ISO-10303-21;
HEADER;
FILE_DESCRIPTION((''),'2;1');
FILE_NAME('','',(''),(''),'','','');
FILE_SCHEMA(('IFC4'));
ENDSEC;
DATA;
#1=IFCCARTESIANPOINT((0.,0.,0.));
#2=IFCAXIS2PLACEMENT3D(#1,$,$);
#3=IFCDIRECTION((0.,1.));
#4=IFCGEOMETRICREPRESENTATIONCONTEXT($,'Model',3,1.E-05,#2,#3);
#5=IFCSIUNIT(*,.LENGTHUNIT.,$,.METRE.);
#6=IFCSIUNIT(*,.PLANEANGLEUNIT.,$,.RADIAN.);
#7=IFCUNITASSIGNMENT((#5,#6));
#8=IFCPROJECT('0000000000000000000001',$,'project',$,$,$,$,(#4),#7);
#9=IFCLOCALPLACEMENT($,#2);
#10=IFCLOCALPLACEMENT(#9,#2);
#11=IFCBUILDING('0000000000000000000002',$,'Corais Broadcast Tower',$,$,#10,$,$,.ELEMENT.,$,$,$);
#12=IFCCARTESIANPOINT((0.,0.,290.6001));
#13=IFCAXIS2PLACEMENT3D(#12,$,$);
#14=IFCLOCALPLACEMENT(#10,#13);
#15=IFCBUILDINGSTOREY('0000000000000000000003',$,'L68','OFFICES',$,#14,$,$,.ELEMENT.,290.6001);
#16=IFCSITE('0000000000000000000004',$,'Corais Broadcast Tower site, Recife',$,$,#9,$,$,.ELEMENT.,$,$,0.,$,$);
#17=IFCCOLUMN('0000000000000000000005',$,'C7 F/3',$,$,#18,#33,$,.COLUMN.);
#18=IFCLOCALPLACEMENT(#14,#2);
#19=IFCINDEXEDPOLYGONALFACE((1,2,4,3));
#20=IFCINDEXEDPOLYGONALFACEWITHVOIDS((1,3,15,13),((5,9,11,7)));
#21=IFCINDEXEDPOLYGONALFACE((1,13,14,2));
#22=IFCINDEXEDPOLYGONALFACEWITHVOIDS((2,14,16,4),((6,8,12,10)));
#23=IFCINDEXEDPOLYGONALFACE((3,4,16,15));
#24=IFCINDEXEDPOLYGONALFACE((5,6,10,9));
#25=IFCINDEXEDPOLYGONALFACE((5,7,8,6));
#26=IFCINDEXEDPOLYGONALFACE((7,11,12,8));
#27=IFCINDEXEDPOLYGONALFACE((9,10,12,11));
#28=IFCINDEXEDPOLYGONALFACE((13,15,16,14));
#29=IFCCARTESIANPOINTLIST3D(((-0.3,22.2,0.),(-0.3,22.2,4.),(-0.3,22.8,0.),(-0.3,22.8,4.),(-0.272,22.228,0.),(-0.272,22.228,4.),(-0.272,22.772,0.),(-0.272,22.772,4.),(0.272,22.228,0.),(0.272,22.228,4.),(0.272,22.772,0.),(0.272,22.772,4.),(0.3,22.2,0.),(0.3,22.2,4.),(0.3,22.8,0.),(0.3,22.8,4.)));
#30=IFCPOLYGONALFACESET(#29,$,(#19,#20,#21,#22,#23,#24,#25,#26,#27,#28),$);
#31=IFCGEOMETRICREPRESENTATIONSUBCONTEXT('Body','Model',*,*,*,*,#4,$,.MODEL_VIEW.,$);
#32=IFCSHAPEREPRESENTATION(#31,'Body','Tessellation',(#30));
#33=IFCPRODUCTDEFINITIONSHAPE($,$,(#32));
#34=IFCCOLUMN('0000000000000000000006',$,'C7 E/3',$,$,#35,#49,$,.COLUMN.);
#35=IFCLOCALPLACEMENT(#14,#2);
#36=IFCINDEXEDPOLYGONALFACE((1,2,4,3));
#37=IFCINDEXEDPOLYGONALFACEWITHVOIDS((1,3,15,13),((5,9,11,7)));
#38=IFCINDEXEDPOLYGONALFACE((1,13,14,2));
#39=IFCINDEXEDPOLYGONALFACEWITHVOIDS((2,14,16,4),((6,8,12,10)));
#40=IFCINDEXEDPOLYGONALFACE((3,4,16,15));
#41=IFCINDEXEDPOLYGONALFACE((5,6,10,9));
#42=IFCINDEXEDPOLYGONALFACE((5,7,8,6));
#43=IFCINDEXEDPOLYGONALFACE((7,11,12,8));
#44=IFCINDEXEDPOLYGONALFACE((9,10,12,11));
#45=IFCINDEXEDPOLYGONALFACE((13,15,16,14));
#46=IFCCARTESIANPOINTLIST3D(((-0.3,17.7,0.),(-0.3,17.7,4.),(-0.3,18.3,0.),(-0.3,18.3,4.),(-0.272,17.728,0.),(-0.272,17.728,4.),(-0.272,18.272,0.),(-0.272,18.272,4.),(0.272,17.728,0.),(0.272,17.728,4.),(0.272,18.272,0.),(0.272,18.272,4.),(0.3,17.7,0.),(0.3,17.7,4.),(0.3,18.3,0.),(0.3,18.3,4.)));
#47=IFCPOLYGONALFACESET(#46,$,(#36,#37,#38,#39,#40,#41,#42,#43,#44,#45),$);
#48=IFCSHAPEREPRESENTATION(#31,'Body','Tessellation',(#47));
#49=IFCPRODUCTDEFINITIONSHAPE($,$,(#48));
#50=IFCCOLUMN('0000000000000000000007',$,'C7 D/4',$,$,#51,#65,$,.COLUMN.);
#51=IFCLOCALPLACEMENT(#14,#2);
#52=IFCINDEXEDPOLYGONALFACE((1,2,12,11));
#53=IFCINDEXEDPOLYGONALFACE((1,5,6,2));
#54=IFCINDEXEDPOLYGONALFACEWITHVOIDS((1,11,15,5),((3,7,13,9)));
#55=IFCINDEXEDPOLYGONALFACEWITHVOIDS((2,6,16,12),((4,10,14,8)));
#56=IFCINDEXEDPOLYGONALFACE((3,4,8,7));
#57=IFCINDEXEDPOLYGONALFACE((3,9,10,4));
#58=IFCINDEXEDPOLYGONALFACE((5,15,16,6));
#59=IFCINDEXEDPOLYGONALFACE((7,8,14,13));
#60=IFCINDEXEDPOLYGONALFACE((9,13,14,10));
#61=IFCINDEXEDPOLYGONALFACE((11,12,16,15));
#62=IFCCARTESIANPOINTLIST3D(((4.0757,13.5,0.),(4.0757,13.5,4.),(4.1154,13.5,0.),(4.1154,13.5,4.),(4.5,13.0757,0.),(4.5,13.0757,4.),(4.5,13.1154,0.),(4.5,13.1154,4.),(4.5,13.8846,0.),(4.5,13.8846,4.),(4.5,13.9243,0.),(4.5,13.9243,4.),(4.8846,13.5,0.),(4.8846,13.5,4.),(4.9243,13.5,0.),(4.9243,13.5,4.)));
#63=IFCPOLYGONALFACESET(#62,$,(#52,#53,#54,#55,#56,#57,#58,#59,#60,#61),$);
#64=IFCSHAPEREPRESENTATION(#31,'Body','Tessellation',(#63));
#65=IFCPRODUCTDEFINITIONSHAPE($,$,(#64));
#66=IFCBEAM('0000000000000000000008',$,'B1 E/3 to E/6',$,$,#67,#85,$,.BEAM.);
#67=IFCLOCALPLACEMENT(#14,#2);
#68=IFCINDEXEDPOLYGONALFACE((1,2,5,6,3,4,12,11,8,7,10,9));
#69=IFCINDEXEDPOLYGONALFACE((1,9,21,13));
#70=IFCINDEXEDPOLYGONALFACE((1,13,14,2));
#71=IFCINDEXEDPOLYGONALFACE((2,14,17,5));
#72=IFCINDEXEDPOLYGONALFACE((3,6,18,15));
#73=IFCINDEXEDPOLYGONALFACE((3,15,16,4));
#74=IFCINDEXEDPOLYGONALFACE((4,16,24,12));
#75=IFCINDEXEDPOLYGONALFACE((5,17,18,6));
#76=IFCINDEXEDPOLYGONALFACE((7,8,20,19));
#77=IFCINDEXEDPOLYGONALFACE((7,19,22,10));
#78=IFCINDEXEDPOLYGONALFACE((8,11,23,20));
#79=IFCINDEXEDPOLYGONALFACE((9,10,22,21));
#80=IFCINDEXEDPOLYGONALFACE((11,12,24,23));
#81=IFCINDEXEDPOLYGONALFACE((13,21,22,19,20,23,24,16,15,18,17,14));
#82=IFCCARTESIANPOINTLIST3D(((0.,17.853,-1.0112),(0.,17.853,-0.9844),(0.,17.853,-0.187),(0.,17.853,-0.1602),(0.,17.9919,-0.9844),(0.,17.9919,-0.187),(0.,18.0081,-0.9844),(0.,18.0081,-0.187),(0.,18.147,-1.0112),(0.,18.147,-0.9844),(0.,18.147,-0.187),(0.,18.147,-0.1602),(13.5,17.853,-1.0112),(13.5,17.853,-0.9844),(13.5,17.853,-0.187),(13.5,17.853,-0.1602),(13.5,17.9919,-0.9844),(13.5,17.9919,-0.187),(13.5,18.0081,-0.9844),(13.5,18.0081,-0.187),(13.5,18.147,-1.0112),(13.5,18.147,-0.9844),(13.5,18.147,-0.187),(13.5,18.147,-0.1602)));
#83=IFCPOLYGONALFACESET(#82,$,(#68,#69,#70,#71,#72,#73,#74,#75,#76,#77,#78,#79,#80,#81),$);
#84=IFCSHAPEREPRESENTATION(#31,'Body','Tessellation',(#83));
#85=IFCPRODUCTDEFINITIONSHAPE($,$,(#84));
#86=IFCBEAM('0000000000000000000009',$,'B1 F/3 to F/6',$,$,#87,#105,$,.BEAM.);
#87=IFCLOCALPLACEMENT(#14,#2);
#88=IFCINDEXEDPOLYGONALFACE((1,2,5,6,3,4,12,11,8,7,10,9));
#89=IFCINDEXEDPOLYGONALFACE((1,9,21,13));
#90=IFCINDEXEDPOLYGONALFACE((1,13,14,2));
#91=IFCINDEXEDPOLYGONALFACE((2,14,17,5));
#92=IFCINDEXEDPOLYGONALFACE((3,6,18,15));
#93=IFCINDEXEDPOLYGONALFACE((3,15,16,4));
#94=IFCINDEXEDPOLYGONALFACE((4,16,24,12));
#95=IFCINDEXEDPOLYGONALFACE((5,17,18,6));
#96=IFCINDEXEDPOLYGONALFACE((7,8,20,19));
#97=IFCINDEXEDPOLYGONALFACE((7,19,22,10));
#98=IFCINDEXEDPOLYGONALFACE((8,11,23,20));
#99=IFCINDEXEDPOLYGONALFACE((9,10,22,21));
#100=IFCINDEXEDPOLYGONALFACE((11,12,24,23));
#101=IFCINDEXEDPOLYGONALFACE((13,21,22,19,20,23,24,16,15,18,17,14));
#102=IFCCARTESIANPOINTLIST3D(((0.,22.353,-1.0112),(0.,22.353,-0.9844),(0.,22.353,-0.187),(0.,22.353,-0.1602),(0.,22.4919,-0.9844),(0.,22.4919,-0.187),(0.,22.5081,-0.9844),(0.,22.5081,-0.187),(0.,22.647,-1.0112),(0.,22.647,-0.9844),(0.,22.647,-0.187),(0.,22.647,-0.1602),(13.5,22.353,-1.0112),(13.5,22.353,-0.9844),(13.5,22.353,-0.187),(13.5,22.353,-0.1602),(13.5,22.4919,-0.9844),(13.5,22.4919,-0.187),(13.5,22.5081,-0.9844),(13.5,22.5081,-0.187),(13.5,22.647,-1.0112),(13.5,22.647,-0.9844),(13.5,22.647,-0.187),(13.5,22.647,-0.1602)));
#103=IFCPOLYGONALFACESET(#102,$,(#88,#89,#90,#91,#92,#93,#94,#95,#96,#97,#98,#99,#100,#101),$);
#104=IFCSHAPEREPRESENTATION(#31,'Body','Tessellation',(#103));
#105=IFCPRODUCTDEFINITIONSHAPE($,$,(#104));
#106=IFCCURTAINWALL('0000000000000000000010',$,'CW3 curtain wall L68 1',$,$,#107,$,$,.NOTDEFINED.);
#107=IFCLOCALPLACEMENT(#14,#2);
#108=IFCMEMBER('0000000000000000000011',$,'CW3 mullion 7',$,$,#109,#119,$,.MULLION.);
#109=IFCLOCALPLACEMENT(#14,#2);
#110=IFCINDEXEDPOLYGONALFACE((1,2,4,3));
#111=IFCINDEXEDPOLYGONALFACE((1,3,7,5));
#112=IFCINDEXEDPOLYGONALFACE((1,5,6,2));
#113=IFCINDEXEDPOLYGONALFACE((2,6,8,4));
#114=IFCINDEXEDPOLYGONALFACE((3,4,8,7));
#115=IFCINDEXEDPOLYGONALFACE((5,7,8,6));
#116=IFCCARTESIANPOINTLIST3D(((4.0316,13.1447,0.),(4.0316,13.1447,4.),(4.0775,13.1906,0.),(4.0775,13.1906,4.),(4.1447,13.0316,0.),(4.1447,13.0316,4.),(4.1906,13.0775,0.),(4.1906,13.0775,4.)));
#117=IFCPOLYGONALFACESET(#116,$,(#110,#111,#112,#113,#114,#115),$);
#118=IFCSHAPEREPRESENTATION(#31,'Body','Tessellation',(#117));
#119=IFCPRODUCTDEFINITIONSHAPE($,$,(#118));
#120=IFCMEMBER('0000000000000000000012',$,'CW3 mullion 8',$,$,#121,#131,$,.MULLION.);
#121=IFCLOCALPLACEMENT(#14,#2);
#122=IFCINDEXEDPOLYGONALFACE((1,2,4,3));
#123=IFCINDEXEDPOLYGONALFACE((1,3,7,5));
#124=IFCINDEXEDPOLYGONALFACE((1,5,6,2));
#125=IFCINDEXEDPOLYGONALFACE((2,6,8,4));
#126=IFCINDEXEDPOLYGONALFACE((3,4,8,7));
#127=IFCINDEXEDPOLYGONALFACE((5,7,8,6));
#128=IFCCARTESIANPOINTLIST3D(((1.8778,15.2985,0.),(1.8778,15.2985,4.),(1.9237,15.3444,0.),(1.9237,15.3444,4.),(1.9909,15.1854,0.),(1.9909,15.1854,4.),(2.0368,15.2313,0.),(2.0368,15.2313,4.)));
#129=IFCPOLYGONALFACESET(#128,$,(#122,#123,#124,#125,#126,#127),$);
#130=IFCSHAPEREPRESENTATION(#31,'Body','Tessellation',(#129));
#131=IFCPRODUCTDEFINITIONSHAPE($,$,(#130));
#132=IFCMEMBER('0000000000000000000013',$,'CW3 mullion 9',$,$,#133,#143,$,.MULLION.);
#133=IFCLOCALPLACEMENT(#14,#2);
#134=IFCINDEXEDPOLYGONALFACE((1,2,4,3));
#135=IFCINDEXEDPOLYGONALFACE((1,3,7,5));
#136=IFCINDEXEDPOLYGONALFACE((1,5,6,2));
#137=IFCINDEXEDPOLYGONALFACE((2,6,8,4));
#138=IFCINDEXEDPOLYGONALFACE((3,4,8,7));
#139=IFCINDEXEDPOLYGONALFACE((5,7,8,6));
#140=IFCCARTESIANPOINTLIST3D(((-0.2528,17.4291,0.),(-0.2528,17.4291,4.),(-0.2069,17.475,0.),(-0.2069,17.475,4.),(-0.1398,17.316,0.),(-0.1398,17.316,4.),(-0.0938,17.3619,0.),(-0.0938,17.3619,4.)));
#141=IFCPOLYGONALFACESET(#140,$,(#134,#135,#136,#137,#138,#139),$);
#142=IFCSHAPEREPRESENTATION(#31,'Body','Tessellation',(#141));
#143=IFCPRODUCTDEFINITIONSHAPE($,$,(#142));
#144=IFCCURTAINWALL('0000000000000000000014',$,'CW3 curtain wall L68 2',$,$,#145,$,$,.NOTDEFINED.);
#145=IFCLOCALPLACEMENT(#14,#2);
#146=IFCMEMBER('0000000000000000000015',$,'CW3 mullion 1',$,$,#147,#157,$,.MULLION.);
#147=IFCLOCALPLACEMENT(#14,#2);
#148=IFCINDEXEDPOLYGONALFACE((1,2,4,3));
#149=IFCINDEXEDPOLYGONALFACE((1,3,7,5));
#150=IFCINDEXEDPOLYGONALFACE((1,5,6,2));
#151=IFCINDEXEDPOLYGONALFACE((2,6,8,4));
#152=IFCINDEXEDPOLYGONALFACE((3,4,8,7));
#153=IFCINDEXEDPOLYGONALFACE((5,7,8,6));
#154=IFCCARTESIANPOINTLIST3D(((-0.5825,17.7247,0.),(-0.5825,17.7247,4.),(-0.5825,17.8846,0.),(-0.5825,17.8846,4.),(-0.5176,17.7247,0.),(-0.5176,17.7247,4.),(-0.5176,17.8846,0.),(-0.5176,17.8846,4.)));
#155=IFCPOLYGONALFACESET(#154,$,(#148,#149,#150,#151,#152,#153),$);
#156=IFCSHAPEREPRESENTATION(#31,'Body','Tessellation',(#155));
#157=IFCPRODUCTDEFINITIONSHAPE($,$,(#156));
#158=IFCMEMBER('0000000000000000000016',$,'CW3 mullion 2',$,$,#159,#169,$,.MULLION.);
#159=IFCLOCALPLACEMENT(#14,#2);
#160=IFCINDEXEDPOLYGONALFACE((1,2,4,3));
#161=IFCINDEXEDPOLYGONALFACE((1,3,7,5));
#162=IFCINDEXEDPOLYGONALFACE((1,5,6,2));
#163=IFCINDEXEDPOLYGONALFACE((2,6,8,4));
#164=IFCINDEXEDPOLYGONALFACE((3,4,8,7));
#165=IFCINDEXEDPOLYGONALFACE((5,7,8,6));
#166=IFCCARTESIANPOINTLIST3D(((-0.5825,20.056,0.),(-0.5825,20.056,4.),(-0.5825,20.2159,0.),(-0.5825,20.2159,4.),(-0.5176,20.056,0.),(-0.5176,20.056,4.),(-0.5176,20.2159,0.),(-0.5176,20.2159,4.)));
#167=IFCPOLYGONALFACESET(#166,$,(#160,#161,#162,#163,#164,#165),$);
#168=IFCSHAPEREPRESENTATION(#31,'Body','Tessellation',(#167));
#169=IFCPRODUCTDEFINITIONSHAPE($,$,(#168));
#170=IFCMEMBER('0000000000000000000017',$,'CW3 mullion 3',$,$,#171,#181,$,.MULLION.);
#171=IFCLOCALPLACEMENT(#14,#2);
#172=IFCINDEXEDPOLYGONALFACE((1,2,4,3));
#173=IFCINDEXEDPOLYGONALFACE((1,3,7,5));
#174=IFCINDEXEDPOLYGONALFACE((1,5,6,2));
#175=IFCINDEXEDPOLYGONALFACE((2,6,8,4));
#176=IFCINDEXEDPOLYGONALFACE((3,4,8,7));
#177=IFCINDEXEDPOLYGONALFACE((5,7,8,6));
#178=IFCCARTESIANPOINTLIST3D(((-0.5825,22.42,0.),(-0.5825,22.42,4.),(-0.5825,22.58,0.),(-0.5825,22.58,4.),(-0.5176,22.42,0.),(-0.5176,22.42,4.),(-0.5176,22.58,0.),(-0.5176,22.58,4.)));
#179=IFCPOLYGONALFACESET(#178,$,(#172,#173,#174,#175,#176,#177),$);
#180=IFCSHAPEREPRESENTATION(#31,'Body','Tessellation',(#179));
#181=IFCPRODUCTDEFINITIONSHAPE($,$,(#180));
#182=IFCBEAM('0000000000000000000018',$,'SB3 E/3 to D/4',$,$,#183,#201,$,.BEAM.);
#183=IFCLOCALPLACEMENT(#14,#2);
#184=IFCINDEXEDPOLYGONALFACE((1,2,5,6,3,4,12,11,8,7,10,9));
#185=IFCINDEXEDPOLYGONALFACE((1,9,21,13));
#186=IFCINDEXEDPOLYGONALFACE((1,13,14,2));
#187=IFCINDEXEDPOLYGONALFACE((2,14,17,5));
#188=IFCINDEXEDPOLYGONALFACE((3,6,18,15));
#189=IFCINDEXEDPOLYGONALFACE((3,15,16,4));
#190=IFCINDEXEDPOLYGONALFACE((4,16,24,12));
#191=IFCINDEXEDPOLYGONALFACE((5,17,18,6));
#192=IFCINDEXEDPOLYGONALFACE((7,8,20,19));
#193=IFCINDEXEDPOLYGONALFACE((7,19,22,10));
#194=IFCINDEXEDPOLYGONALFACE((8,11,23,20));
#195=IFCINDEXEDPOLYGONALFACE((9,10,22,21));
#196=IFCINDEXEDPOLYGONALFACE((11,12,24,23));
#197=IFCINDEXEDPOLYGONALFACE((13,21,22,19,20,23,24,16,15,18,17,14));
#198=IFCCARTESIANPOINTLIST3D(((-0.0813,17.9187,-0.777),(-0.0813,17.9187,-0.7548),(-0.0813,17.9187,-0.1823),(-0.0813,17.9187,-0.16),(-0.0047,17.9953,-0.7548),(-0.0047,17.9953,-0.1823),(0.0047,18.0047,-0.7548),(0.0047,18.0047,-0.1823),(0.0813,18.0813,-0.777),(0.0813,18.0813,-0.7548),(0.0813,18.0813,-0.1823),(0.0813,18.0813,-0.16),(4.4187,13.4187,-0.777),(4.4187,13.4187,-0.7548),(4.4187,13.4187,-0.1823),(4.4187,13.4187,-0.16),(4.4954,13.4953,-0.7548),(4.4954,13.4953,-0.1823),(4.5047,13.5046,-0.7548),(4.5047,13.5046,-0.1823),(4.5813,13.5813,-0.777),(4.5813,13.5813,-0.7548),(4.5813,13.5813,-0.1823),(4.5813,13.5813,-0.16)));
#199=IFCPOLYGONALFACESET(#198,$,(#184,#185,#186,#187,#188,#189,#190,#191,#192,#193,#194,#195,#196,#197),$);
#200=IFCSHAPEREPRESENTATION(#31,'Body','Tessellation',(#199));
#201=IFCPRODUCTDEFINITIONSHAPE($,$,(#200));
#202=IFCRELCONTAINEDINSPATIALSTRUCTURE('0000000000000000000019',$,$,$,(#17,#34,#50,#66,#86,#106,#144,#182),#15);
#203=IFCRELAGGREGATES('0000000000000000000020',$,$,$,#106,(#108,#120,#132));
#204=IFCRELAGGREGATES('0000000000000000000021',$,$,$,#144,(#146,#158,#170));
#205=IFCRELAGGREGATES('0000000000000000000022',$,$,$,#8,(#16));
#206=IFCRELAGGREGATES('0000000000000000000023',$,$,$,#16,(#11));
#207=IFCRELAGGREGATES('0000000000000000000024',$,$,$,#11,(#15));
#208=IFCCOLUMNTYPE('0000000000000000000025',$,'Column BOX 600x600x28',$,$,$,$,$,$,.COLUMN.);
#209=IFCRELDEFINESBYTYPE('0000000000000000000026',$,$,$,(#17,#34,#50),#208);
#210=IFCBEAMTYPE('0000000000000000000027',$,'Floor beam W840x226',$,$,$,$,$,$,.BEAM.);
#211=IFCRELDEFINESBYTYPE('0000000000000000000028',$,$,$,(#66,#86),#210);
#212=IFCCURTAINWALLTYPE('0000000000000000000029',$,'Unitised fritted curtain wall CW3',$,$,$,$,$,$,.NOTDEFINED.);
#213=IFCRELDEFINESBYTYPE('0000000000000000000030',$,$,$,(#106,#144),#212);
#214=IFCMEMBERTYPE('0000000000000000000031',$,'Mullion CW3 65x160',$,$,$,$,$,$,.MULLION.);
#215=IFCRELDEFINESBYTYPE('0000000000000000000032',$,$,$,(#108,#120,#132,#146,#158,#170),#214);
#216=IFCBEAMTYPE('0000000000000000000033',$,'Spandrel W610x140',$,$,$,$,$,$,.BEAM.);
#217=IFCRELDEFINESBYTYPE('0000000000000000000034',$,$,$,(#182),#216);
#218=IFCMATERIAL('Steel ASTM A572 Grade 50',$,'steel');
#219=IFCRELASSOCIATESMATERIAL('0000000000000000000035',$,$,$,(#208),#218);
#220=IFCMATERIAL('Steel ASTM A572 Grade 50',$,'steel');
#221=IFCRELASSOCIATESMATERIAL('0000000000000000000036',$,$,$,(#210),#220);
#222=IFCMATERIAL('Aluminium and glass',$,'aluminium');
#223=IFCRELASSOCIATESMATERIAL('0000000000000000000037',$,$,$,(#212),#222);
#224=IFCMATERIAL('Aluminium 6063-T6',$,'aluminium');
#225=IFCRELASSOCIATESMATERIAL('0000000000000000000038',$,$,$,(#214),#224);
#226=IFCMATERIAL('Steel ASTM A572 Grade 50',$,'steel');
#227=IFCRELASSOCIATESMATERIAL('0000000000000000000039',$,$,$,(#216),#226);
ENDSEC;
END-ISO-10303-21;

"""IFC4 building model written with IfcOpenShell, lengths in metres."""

from ifc_helpers import new_model, si_unit, direction, frame, origin, origin_2d, place, context, subcontext, project, spatial, rectangle, hollow_rectangle, i_section, extrude, material, material_profile, profile_set, type_object, element, aggregate, save


model = new_model("IFC4")

# Units and contexts
model_context = context("Model", 3, precision=1e-05, world=origin(), true_north=direction((0.0, 1.0)))
body_context = subcontext(model_context, "Body", "Model", "MODEL_VIEW")
ifc_project = project(units=[si_unit("LENGTHUNIT", "METRE"), si_unit("PLANEANGLEUNIT", "RADIAN")], contexts=[model_context])

# Site, building, storey
site_placement = place(None, origin())
site = spatial("IfcSite", under=ifc_project, at=site_placement, Name="Corais Broadcast Tower site, Recife", CompositionType="ELEMENT", RefElevation=0.0)
building_placement = place(site_placement, origin())
building = spatial("IfcBuilding", under=site, at=building_placement, Name="Corais Broadcast Tower", CompositionType="ELEMENT")
storey_placement = place(building_placement, frame((0.0, 0.0, 290.6001)))
storey = spatial("IfcBuildingStorey", under=building, at=storey_placement, Name="L68", Description="OFFICES", CompositionType="ELEMENT", Elevation=290.6001)

# Columns
ifc_material_1 = material(Name="Steel ASTM A572 Grade 50", Category="steel")
ifc_material_profile_1 = material_profile(ifc_material_1, hollow_rectangle(XDim=0.6001, YDim=0.6001, WallThickness=0.0281, at=origin_2d()), Name="BOX 600x600x28")
ifc_profile_set_1 = profile_set([ifc_material_profile_1], Name="Steel ASTM A572 Grade 50")
column_type = type_object("IfcColumnType", Name="Column BOX 600x600x28", PredefinedType="COLUMN", material=ifc_profile_set_1)
for number, where, z_axis, x_axis, name in (
    (1, (0.0, 22.5, 0.0), (0.0, 0.0, 1.0), (1.0, 0.0, 0.0), "C7 F/3"),
    (2, (0.0, 18.0, 0.0), (0.0, 0.0, 1.0), (1.0, 0.0, 0.0), "C7 E/3"),
    (3, (4.5, 13.5, 0.0), (0.0, 0.0, 1.0), (0.707107, 0.707107, 0.0), "C7 D/4"),
):
    element("IfcColumn", number, at=place(storey_placement, frame(where, z_axis=z_axis, x_axis=x_axis)), inside=storey, type_object=column_type, Name=name, PredefinedType="COLUMN", context=body_context, shape_type="SweptSolid", body=[
        extrude(hollow_rectangle(XDim=0.6001, YDim=0.6001, WallThickness=0.0281, at=origin_2d()), origin(), (0.0, 0.0, 1.0), 4.0),
    ])

# Beams
ifc_material_2 = material(Name="Steel ASTM A572 Grade 50", Category="steel")
ifc_material_profile_2 = material_profile(ifc_material_2, i_section(OverallWidth=0.2939, OverallDepth=0.8511, WebThickness=0.0161, FlangeThickness=0.0269, at=origin_2d()), Name="W840x226")
ifc_profile_set_2 = profile_set([ifc_material_profile_2], Name="Steel ASTM A572 Grade 50")
beam_type_1 = type_object("IfcBeamType", Name="Floor beam W840x226", PredefinedType="BEAM", material=ifc_profile_set_2)
for number, where, z_axis, x_axis, name in (
    (4, (0.0, 18.0, -0.5857), (1.0, 0.0, 0.0), (0.0, 1.0, 0.0), "B1 E/3 to E/6"),
    (5, (0.0, 22.5, -0.5857), (1.0, 0.0, 0.0), (0.0, 1.0, 0.0), "B1 F/3 to F/6"),
):
    element("IfcBeam", number, at=place(storey_placement, frame(where, z_axis=z_axis, x_axis=x_axis)), inside=storey, type_object=beam_type_1, Name=name, PredefinedType="BEAM", context=body_context, shape_type="SweptSolid", body=[
        extrude(i_section(OverallWidth=0.2939, OverallDepth=0.8511, WebThickness=0.0161, FlangeThickness=0.0269, at=origin_2d()), origin(), (0.0, 0.0, 1.0), 13.5),
    ])

# Curtain walls, members
ifc_material_3 = material(Name="Aluminium and glass", Category="aluminium")
curtain_wall_type = type_object("IfcCurtainWallType", Name="Unitised fritted curtain wall CW3", PredefinedType="NOTDEFINED", material=ifc_material_3)
curtain_wall_1_placement = place(storey_placement, origin())
curtain_wall_1 = element("IfcCurtainWall", 6, at=curtain_wall_1_placement, inside=storey, type_object=curtain_wall_type, Name="CW3 curtain wall L68 1", PredefinedType="NOTDEFINED")
ifc_material_4 = material(Name="Aluminium 6063-T6", Category="aluminium")
ifc_material_profile_3 = material_profile(ifc_material_4, rectangle(XDim=0.0649, YDim=0.1599, at=origin_2d()), Name="Mullion CW3 65x160")
ifc_profile_set_3 = profile_set([ifc_material_profile_3], Name="Aluminium 6063-T6")
member_type_1 = type_object("IfcMemberType", Name="Mullion CW3 65x160", PredefinedType="MULLION", material=ifc_profile_set_3)
member_1_placement = place(storey_placement, frame((4.1111, 13.1111, 0.0), z_axis=(0.0, 0.0, 1.0), x_axis=(-0.707107, -0.707107, 0.0)))
member_1 = element("IfcMember", 7, at=member_1_placement, type_object=member_type_1, Name="CW3 mullion 7", PredefinedType="MULLION", context=body_context, shape_type="SweptSolid", body=[
    extrude(rectangle(XDim=0.0649, YDim=0.1599, at=origin_2d()), origin(), (0.0, 0.0, 1.0), 4.0),
])
member_2_placement = place(storey_placement, frame((1.9573, 15.2649, 0.0), z_axis=(0.0, 0.0, 1.0), x_axis=(-0.707107, -0.707107, 0.0)))
member_2 = element("IfcMember", 8, at=member_2_placement, type_object=member_type_1, Name="CW3 mullion 8", PredefinedType="MULLION", context=body_context, shape_type="SweptSolid", body=[
    extrude(rectangle(XDim=0.0649, YDim=0.1599, at=origin_2d()), origin(), (0.0, 0.0, 1.0), 4.0),
])
member_3_placement = place(storey_placement, frame((-0.1733, 17.3955, 0.0), z_axis=(0.0, 0.0, 1.0), x_axis=(-0.707107, -0.707107, 0.0)))
member_3 = element("IfcMember", 9, at=member_3_placement, type_object=member_type_1, Name="CW3 mullion 9", PredefinedType="MULLION", context=body_context, shape_type="SweptSolid", body=[
    extrude(rectangle(XDim=0.0649, YDim=0.1599, at=origin_2d()), origin(), (0.0, 0.0, 1.0), 4.0),
])
curtain_wall_2_placement = place(storey_placement, origin())
curtain_wall_2 = element("IfcCurtainWall", 10, at=curtain_wall_2_placement, inside=storey, type_object=curtain_wall_type, Name="CW3 curtain wall L68 2", PredefinedType="NOTDEFINED")
member_4_placement = place(storey_placement, frame((-0.55, 17.8047, 0.0), z_axis=(0.0, 0.0, 1.0), x_axis=(-1.0, 0.0, 0.0)))
member_4 = element("IfcMember", 11, at=member_4_placement, type_object=member_type_1, Name="CW3 mullion 1", PredefinedType="MULLION", context=body_context, shape_type="SweptSolid", body=[
    extrude(rectangle(XDim=0.0649, YDim=0.1599, at=origin_2d()), origin(), (0.0, 0.0, 1.0), 4.0),
])
member_5_placement = place(storey_placement, frame((-0.55, 20.136, 0.0), z_axis=(0.0, 0.0, 1.0), x_axis=(-1.0, 0.0, 0.0)))
member_5 = element("IfcMember", 12, at=member_5_placement, type_object=member_type_1, Name="CW3 mullion 2", PredefinedType="MULLION", context=body_context, shape_type="SweptSolid", body=[
    extrude(rectangle(XDim=0.0649, YDim=0.1599, at=origin_2d()), origin(), (0.0, 0.0, 1.0), 4.0),
])
member_6_placement = place(storey_placement, frame((-0.55, 22.5, 0.0), z_axis=(0.0, 0.0, 1.0), x_axis=(-1.0, 0.0, 0.0)))
member_6 = element("IfcMember", 13, at=member_6_placement, type_object=member_type_1, Name="CW3 mullion 3", PredefinedType="MULLION", context=body_context, shape_type="SweptSolid", body=[
    extrude(rectangle(XDim=0.0649, YDim=0.1599, at=origin_2d()), origin(), (0.0, 0.0, 1.0), 4.0),
])

# Beam
ifc_material_5 = material(Name="Steel ASTM A572 Grade 50", Category="steel")
ifc_material_profile_4 = material_profile(ifc_material_5, i_section(OverallWidth=0.23, OverallDepth=0.6169, WebThickness=0.0132, FlangeThickness=0.0222, at=origin_2d()), Name="W610x140")
ifc_profile_set_4 = profile_set([ifc_material_profile_4], Name="Steel ASTM A572 Grade 50")
beam_type_2 = type_object("IfcBeamType", Name="Spandrel W610x140", PredefinedType="BEAM", material=ifc_profile_set_4)
beam_1_placement = place(storey_placement, frame((0.0, 18.0, -0.4685), z_axis=(0.707107, -0.707107, 0.0), x_axis=(0.707107, 0.707107, 0.0)))
element("IfcBeam", 14, at=beam_1_placement, inside=storey, type_object=beam_type_2, Name="SB3 E/3 to D/4", PredefinedType="BEAM", context=body_context, shape_type="SweptSolid", body=[
    extrude(i_section(OverallWidth=0.23, OverallDepth=0.6169, WebThickness=0.0132, FlangeThickness=0.0222, at=origin_2d()), origin(), (0.0, 0.0, 1.0), 6.364),
])

aggregate(curtain_wall_1, [member_1, member_2, member_3])
aggregate(curtain_wall_2, [member_4, member_5, member_6])

save(model, "model.ifc")
